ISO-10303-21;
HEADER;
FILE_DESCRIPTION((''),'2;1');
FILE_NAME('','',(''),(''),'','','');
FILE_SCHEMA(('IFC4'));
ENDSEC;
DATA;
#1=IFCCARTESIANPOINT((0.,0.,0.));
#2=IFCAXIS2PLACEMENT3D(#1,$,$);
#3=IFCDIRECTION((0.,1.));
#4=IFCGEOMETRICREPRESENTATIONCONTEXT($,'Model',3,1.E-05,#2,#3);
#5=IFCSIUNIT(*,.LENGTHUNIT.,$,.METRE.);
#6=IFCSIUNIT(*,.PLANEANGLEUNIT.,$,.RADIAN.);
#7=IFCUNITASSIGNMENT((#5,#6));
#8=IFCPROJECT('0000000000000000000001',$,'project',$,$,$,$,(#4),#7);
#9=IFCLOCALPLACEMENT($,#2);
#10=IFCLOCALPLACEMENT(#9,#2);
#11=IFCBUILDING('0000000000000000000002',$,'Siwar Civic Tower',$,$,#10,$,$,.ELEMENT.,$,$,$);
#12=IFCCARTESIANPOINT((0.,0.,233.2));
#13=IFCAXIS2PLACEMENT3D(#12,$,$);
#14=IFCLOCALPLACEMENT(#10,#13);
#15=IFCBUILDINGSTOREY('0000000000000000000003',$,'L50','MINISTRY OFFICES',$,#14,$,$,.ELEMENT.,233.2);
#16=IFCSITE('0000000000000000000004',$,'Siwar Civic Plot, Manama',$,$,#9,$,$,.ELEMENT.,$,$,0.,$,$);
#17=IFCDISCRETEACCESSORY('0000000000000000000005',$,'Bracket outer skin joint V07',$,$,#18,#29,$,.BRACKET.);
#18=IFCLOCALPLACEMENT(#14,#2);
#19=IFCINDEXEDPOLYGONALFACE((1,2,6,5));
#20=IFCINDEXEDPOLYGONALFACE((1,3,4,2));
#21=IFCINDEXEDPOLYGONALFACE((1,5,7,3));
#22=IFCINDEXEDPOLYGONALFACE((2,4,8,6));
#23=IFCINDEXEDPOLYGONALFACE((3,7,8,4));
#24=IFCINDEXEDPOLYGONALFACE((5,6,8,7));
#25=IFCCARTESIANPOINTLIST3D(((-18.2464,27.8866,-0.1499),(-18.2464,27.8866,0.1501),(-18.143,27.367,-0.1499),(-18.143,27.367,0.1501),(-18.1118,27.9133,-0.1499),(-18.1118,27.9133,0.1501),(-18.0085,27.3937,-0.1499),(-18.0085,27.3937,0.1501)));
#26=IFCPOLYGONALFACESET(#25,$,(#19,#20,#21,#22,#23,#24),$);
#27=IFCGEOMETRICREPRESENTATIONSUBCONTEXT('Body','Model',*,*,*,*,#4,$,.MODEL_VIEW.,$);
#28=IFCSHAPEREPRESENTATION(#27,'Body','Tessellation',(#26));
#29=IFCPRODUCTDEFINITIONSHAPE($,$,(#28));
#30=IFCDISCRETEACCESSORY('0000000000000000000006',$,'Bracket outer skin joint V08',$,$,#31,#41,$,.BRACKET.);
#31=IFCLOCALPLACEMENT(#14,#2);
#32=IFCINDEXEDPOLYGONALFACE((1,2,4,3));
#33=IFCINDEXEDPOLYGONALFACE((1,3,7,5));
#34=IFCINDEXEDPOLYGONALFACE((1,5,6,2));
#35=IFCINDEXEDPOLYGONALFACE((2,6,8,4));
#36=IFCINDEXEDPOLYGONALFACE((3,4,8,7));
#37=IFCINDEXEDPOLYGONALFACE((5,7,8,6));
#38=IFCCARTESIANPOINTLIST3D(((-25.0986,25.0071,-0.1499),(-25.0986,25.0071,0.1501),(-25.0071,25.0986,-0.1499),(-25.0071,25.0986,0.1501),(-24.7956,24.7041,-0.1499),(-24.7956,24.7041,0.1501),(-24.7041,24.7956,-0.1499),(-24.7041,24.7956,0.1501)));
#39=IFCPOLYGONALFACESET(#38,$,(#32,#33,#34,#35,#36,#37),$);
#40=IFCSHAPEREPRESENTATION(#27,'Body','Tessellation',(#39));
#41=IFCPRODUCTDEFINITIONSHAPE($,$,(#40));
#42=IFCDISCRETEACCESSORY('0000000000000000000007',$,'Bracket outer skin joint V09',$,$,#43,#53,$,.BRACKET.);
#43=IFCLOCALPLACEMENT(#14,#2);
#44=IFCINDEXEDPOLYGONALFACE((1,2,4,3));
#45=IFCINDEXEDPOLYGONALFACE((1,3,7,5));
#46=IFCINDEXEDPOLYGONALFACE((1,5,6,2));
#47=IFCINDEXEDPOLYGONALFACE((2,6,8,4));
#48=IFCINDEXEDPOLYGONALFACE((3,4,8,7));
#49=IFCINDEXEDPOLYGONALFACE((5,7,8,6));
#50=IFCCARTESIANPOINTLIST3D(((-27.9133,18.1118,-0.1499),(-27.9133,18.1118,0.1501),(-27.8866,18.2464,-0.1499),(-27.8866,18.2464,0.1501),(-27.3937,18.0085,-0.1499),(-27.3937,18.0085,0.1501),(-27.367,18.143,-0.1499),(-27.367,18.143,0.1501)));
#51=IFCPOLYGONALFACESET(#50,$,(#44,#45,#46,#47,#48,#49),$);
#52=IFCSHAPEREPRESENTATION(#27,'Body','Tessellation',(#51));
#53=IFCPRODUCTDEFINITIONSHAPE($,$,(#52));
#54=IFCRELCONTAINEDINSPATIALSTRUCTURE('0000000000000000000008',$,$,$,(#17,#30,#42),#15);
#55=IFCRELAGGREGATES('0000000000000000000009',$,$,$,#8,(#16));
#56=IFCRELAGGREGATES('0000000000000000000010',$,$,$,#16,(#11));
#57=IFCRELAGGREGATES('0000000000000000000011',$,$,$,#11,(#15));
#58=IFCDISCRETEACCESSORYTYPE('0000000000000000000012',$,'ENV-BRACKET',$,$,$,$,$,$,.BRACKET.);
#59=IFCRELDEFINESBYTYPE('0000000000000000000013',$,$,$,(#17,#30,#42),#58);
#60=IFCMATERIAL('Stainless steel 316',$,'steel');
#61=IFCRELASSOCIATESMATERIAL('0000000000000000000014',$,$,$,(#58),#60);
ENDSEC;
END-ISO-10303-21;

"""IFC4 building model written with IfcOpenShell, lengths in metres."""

from ifc_helpers import new_model, si_unit, direction, frame, origin, origin_2d, place, context, subcontext, project, spatial, rectangle, extrude, material, type_object, element, save


model = new_model("IFC4")

# Units and contexts
model_context = context("Model", 3, precision=1e-05, world=origin(), true_north=direction((0.0, 1.0)))
body_context = subcontext(model_context, "Body", "Model", "MODEL_VIEW")
ifc_project = project(units=[si_unit("LENGTHUNIT", "METRE"), si_unit("PLANEANGLEUNIT", "RADIAN")], contexts=[model_context])

# Site, building, storey
site_placement = place(None, origin())
site = spatial("IfcSite", under=ifc_project, at=site_placement, Name="Siwar Civic Plot, Manama", CompositionType="ELEMENT", RefElevation=0.0)
building_placement = place(site_placement, origin())
building = spatial("IfcBuilding", under=site, at=building_placement, Name="Siwar Civic Tower", CompositionType="ELEMENT")
storey_placement = place(building_placement, frame((0.0, 0.0, 233.2)))
storey = spatial("IfcBuildingStorey", under=building, at=storey_placement, Name="L50", Description="MINISTRY OFFICES", CompositionType="ELEMENT", Elevation=233.2)

# Discrete accessories
ifc_material_1 = material(Name="Stainless steel 316", Category="steel")
discrete_accessory_type = type_object("IfcDiscreteAccessoryType", Name="ENV-BRACKET", PredefinedType="BRACKET", material=ifc_material_1)
discrete_accessory_1_placement = place(storey_placement, frame((-18.1274, 27.6401, -0.1499), z_axis=(0.0, 0.0, 1.0), x_axis=(-0.19509, 0.980785, 0.0)))
element("IfcDiscreteAccessory", 1, at=discrete_accessory_1_placement, inside=storey, type_object=discrete_accessory_type, Name="Bracket outer skin joint V07", PredefinedType="BRACKET", context=body_context, shape_type="SweptSolid", body=[
    extrude(rectangle(XDim=0.5298, YDim=0.1372, at=origin_2d()), origin(), (0.0, 0.0, 1.0), 0.3),
])
discrete_accessory_2_placement = place(storey_placement, frame((-24.9014, 24.9014, -0.1499), z_axis=(0.0, 0.0, 1.0), x_axis=(-0.707107, 0.707107, 0.0)))
element("IfcDiscreteAccessory", 2, at=discrete_accessory_2_placement, inside=storey, type_object=discrete_accessory_type, Name="Bracket outer skin joint V08", PredefinedType="BRACKET", context=body_context, shape_type="SweptSolid", body=[
    extrude(rectangle(XDim=0.4285, YDim=0.1294, at=origin_2d()), origin(), (0.0, 0.0, 1.0), 0.3),
])
discrete_accessory_3_placement = place(storey_placement, frame((-27.6401, 18.1274, -0.1499), z_axis=(0.0, 0.0, 1.0), x_axis=(-0.980785, 0.19509, 0.0)))
element("IfcDiscreteAccessory", 3, at=discrete_accessory_3_placement, inside=storey, type_object=discrete_accessory_type, Name="Bracket outer skin joint V09", PredefinedType="BRACKET", context=body_context, shape_type="SweptSolid", body=[
    extrude(rectangle(XDim=0.5298, YDim=0.1372, at=origin_2d()), origin(), (0.0, 0.0, 1.0), 0.3),
])

save(model, "model.ifc")
